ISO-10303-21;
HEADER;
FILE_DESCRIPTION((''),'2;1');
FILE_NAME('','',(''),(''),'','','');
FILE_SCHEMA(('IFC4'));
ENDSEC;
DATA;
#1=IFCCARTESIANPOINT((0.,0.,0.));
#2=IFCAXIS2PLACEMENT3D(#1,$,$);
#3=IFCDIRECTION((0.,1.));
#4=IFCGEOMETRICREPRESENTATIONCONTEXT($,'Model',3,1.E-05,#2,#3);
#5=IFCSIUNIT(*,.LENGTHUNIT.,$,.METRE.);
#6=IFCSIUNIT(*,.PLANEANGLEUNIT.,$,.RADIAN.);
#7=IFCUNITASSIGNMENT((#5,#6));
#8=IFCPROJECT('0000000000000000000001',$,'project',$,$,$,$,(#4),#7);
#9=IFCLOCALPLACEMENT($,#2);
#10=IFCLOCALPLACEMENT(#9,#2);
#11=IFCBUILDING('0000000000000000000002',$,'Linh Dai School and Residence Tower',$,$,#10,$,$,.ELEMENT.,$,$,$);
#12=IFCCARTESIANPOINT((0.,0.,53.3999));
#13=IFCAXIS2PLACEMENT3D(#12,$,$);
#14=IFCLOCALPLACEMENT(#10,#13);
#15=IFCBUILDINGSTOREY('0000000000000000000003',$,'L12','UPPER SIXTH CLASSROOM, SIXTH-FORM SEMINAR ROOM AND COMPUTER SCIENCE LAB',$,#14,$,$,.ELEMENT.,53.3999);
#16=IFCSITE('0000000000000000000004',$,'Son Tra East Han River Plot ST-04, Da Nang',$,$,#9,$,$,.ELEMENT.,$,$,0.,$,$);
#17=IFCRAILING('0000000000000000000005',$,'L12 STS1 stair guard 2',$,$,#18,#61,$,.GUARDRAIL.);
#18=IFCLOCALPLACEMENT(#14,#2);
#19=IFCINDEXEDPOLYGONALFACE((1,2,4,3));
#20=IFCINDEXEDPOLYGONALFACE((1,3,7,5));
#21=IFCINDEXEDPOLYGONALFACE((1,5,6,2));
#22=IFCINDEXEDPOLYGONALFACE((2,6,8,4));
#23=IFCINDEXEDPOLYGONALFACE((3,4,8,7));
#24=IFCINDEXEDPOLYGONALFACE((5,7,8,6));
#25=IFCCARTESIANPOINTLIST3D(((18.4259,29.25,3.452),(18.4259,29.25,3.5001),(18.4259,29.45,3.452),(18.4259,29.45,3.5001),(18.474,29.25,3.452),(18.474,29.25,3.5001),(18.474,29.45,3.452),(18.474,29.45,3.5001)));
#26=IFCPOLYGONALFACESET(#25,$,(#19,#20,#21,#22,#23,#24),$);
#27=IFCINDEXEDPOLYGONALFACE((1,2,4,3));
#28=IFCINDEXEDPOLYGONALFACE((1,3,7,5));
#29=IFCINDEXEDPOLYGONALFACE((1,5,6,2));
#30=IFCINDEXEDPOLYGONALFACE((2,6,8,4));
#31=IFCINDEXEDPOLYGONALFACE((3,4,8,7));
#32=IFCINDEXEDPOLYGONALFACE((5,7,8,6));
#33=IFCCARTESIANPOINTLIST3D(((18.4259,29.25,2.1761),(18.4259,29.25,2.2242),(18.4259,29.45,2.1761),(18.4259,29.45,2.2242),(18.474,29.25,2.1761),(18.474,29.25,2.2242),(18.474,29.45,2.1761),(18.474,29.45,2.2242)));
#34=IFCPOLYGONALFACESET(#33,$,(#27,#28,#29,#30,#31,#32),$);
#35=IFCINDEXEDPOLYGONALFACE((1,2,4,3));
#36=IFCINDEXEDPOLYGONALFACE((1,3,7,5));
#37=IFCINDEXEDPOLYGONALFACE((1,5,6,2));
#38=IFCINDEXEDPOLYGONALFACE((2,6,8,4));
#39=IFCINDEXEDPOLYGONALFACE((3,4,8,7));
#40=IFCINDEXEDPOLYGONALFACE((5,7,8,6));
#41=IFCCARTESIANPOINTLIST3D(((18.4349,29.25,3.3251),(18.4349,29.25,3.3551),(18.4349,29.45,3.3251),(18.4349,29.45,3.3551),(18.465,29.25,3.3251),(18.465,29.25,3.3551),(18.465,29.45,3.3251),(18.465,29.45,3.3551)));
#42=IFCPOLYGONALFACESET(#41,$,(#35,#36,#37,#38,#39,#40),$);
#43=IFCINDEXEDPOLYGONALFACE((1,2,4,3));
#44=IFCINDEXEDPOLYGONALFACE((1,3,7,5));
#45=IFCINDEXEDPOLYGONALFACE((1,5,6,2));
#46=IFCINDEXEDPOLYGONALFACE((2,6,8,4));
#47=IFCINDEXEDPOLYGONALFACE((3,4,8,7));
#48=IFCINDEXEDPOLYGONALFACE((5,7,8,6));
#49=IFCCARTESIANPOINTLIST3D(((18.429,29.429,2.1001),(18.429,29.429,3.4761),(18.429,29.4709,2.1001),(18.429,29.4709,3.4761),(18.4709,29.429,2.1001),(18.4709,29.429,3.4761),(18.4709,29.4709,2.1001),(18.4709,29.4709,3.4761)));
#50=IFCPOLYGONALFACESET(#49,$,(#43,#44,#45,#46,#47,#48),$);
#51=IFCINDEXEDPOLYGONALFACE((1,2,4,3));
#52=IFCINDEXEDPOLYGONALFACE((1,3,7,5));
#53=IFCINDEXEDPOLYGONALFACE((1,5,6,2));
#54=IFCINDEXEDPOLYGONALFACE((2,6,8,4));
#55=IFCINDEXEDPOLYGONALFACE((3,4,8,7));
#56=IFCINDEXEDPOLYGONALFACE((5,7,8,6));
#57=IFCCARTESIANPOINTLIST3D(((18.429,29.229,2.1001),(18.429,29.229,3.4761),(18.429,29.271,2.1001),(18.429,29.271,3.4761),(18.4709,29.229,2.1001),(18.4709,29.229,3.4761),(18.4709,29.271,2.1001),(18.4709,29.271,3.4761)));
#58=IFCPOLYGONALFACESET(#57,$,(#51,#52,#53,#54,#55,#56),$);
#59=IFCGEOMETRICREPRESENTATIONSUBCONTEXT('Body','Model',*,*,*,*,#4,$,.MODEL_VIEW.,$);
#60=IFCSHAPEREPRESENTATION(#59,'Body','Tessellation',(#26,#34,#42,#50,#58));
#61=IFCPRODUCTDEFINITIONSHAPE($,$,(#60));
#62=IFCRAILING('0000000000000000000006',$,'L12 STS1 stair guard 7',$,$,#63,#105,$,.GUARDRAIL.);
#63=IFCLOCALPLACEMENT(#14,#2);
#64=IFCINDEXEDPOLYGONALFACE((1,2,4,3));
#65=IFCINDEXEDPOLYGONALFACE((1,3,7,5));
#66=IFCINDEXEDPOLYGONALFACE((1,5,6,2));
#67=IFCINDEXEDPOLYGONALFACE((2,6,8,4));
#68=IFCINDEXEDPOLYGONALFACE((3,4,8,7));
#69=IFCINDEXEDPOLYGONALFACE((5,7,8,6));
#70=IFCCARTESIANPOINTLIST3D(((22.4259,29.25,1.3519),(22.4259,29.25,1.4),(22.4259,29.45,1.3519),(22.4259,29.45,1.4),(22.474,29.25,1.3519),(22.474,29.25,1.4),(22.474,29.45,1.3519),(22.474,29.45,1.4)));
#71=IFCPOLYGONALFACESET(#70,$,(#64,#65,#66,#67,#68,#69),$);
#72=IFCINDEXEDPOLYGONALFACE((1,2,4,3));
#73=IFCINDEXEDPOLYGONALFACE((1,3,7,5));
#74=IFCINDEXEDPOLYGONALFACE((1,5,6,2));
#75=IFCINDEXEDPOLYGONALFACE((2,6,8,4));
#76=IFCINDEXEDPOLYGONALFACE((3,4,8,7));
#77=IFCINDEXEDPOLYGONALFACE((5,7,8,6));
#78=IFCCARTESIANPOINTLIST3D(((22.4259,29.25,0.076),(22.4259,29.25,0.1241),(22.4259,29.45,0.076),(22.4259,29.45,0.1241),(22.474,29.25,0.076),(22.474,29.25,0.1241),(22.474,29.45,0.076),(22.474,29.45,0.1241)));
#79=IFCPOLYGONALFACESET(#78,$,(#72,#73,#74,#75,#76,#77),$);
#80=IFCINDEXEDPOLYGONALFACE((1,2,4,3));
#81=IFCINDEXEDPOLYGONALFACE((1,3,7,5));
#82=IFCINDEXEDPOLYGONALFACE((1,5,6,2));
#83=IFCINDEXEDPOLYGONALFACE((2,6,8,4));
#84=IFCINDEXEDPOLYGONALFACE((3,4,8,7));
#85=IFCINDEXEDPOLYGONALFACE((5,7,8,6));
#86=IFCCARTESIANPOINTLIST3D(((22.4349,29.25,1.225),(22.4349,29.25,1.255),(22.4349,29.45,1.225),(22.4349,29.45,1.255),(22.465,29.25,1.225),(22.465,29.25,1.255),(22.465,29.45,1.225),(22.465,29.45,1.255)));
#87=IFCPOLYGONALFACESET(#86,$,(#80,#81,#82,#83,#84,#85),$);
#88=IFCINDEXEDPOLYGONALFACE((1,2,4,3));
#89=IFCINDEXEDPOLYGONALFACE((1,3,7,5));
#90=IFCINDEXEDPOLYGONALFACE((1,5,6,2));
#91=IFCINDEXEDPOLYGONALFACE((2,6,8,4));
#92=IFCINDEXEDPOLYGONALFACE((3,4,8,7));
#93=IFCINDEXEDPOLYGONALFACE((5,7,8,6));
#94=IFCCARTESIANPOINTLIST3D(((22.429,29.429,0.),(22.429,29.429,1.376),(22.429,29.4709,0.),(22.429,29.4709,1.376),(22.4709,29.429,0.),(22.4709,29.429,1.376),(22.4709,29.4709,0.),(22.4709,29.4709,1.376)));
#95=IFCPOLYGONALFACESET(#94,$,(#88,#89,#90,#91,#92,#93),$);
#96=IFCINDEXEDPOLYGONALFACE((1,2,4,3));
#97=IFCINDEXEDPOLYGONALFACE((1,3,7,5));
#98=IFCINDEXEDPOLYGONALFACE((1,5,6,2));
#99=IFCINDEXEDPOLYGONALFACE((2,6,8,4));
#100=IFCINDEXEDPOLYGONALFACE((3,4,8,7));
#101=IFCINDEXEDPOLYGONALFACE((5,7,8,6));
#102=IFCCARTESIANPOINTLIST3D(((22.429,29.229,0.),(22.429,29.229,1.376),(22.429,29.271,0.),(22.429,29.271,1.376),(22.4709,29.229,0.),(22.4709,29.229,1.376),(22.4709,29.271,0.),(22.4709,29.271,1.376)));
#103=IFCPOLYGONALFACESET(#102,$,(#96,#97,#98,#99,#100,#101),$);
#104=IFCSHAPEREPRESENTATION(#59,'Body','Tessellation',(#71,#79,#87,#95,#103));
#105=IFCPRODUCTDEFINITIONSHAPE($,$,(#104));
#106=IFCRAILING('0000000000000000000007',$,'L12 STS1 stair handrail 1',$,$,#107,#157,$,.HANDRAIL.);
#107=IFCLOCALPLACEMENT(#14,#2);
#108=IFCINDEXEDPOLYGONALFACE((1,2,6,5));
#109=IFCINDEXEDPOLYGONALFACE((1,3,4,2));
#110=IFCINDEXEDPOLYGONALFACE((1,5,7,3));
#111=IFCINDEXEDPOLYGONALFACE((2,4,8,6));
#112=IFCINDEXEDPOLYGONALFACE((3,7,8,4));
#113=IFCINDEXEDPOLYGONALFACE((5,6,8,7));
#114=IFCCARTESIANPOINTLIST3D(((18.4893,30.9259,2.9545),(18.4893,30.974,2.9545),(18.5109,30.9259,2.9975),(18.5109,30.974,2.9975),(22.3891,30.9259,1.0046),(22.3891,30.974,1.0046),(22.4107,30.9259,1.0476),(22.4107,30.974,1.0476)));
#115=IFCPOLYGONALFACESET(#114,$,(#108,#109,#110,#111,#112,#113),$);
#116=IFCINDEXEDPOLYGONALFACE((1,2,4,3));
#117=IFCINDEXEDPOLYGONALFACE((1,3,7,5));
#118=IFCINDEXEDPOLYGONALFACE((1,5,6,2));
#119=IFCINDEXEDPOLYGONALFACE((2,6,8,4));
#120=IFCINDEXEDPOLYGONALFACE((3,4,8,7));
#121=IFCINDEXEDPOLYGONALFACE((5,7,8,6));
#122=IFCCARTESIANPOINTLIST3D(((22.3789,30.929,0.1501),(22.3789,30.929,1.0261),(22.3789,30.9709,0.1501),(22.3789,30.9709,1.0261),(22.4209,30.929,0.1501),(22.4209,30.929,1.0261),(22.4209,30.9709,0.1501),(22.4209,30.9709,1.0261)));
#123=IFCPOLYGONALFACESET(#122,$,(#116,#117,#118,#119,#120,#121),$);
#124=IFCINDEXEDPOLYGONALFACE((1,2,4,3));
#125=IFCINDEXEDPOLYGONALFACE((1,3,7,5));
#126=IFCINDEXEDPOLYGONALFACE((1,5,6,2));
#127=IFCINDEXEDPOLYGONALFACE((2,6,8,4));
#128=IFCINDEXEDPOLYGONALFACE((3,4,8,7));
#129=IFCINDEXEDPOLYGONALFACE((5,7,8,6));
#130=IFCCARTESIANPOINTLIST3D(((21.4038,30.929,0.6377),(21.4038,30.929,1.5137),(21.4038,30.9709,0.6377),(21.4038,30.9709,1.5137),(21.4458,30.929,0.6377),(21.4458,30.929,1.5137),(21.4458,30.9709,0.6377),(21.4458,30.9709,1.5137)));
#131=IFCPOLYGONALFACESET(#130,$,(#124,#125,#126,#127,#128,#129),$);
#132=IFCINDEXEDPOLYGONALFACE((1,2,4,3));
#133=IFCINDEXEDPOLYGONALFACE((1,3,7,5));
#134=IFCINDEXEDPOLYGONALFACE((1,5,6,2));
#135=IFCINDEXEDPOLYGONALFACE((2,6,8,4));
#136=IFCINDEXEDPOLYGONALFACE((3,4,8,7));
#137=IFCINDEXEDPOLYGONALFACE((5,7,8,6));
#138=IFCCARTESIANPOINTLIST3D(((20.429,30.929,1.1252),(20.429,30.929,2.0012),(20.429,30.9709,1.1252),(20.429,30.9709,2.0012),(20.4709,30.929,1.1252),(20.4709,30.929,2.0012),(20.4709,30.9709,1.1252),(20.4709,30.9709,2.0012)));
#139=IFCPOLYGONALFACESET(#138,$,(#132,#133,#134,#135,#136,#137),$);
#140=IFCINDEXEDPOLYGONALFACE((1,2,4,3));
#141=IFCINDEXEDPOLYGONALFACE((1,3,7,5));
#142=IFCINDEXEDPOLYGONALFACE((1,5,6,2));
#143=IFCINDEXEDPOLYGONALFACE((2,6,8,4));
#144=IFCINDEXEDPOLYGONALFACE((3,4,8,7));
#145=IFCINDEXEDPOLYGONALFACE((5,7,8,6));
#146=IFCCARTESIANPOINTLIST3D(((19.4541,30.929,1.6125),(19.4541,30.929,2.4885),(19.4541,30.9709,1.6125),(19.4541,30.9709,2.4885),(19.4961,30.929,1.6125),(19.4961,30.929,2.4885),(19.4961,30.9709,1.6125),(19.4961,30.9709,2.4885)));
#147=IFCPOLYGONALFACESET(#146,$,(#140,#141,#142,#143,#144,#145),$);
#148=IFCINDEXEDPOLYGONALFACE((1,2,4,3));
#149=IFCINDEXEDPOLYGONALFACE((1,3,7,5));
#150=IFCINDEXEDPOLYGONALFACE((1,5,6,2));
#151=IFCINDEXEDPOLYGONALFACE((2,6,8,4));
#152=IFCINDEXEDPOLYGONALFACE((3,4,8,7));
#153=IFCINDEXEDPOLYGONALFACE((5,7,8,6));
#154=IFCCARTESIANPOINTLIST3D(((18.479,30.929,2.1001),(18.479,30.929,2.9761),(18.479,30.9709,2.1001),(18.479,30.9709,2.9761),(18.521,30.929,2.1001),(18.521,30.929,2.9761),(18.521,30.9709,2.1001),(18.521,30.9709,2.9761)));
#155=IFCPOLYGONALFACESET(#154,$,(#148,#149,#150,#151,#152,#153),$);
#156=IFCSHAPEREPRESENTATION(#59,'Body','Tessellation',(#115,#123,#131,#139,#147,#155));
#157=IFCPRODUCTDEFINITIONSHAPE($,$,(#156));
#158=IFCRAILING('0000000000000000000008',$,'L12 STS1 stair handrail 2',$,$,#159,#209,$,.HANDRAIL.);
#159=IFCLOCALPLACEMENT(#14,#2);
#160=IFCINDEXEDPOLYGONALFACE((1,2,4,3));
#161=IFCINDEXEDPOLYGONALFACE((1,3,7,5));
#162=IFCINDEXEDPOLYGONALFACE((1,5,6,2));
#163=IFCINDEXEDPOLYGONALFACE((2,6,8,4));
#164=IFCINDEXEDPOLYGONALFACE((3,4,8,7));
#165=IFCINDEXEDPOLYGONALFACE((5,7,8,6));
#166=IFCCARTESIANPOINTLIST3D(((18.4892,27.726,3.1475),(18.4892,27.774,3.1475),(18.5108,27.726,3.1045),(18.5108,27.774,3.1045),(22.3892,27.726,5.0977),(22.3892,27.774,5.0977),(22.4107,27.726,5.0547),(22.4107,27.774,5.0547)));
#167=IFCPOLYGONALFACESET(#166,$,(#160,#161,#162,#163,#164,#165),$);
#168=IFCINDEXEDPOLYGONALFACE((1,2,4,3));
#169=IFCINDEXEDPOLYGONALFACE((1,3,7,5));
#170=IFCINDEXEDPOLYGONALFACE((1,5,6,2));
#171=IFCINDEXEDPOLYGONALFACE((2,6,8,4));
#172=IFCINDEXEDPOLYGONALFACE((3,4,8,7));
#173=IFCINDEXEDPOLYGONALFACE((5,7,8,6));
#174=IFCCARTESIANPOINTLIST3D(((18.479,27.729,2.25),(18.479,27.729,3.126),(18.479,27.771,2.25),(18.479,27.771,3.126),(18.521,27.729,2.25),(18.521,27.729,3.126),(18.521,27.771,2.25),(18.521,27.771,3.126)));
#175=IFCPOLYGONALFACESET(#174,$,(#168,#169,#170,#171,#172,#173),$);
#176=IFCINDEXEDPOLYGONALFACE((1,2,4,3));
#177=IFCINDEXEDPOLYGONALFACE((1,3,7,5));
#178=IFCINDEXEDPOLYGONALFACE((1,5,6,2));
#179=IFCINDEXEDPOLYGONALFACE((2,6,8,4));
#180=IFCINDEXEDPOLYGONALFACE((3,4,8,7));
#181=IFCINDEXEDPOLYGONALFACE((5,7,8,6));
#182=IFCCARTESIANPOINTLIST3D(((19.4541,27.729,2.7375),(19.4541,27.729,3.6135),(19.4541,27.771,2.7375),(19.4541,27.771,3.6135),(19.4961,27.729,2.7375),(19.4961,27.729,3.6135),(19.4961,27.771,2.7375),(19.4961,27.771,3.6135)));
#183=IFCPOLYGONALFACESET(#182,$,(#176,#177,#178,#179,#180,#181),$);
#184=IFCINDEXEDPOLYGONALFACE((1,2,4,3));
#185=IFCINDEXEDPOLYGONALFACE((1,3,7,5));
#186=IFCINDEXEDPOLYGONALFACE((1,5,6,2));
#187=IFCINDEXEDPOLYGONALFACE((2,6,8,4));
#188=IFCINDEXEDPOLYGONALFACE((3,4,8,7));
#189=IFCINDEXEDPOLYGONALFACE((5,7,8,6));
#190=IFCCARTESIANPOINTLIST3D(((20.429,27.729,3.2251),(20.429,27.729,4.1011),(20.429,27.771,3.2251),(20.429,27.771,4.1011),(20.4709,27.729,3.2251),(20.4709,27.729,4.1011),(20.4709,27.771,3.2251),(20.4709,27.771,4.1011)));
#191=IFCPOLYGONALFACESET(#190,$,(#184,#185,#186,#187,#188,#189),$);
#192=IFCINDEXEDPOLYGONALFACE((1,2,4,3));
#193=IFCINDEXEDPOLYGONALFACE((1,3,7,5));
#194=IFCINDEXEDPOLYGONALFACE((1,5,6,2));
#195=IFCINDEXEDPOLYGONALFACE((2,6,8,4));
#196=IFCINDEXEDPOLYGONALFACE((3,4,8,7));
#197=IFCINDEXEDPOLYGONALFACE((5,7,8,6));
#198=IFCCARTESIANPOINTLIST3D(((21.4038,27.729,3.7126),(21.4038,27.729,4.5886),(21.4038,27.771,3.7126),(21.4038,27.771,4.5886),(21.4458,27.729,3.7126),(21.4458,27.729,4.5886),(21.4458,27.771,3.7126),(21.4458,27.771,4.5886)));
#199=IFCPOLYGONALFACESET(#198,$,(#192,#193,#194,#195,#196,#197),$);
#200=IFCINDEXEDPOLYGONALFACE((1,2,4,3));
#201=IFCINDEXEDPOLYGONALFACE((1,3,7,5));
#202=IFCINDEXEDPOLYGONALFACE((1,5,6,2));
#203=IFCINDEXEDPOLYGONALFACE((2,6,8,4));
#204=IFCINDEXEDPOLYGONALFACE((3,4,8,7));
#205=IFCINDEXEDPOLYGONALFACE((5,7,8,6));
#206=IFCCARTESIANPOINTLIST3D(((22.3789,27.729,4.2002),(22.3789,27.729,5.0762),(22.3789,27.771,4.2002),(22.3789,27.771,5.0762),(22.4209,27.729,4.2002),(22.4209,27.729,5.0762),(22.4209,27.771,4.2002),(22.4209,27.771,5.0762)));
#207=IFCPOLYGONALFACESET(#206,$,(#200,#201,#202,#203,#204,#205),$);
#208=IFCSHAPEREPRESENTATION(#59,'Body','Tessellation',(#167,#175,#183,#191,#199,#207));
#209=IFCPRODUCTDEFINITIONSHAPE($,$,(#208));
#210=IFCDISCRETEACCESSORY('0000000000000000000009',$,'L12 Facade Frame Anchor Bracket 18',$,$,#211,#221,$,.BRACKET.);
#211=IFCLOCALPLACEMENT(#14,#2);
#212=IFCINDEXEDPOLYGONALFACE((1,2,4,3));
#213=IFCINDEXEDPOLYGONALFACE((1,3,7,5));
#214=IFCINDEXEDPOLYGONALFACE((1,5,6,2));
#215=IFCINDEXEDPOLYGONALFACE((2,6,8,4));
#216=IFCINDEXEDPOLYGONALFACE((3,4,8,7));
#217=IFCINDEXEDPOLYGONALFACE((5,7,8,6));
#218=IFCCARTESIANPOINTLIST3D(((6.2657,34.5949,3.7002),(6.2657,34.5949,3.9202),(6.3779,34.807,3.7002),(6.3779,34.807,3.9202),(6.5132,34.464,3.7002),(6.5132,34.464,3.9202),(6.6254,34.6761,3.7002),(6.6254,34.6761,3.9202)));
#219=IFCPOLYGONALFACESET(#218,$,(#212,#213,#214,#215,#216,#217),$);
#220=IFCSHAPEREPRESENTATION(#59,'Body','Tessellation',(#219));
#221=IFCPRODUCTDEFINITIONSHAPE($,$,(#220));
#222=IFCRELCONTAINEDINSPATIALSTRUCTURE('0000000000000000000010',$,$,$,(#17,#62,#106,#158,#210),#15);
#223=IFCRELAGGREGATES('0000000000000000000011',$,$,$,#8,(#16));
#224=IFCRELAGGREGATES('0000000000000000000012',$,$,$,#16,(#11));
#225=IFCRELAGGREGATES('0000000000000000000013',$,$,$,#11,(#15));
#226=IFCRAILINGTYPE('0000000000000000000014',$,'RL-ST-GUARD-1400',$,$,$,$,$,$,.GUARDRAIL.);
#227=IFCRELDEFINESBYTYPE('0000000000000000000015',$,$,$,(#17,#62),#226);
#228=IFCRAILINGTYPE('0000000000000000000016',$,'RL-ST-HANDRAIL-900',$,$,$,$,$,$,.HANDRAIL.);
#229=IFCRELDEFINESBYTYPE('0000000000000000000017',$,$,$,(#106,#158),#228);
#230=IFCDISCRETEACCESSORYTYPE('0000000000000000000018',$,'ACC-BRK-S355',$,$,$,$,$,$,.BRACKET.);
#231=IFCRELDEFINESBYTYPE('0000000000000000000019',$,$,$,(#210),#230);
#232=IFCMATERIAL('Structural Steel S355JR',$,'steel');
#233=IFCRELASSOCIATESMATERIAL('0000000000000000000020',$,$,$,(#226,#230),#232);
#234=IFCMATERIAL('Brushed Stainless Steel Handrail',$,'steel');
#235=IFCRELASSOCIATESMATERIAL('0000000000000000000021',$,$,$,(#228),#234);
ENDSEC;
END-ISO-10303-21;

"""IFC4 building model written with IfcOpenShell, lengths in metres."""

from ifc_helpers import new_model, si_unit, direction, frame, origin, origin_2d, place, context, subcontext, project, spatial, rectangle, extrude, source, transform, mapped, material, type_object, element, save


model = new_model("IFC4")

# Units and contexts
model_context = context("Model", 3, precision=1e-05, world=origin(), true_north=direction((0.0, 1.0)))
body_context = subcontext(model_context, "Body", "Model", "MODEL_VIEW")
ifc_project = project(units=[si_unit("LENGTHUNIT", "METRE"), si_unit("PLANEANGLEUNIT", "RADIAN")], contexts=[model_context])

# Site, building, storey
site_placement = place(None, origin())
site = spatial("IfcSite", under=ifc_project, at=site_placement, Name="Son Tra East Han River Plot ST-04, Da Nang", CompositionType="ELEMENT", RefElevation=0.0)
building_placement = place(site_placement, origin())
building = spatial("IfcBuilding", under=site, at=building_placement, Name="Linh Dai School and Residence Tower", CompositionType="ELEMENT")
storey_placement = place(building_placement, frame((0.0, 0.0, 53.3999)))
storey = spatial("IfcBuildingStorey", under=building, at=storey_placement, Name="L12", Description="UPPER SIXTH CLASSROOM, SIXTH-FORM SEMINAR ROOM AND COMPUTER SCIENCE LAB", CompositionType="ELEMENT", Elevation=53.3999)

# Shared definitions
ifc_material_1 = material(Name="Structural Steel S355JR", Category="steel")

# Railings
railing_type_1 = type_object("IfcRailingType", Name="RL-ST-GUARD-1400", PredefinedType="GUARDRAIL", material=ifc_material_1)
shared_shape_1 = source(origin(), body_context, "Body", "SweptSolid", [
    extrude(rectangle(XDim=0.0481, YDim=0.0481, at=origin_2d()), frame((0.0, 0.0, 1.376), z_axis=(0.0, -1.0, 0.0), x_axis=(1.0, 0.0, 0.0)), (0.0, 0.0, 1.0), 0.2),
    extrude(rectangle(XDim=0.0481, YDim=0.0481, at=origin_2d()), frame((0.0, 0.0, 0.1001), z_axis=(0.0, -1.0, 0.0), x_axis=(1.0, 0.0, 0.0)), (0.0, 0.0, 1.0), 0.2),
    extrude(rectangle(XDim=0.03, YDim=0.03, at=origin_2d()), frame((0.0, 0.0, 1.24), z_axis=(0.0, -1.0, 0.0), x_axis=(1.0, 0.0, 0.0)), (0.0, 0.0, 1.0), 0.2),
    extrude(rectangle(XDim=0.042, YDim=0.042, at=origin_2d()), origin(), (0.0, 0.0, 1.0), 1.376),
    extrude(rectangle(XDim=0.042, YDim=0.042, at=origin_2d()), frame((0.0, -0.2, 0.0)), (0.0, 0.0, 1.0), 1.376),
])
for number, where, name in (
    (1, (18.45, 29.45, 2.1001), "L12 STS1 stair guard 2"),
    (2, (22.45, 29.45, 0.0), "L12 STS1 stair guard 7"),
):
    element("IfcRailing", number, at=place(storey_placement, frame(where)), inside=storey, type_object=railing_type_1, Name=name, PredefinedType="GUARDRAIL", context=body_context, shape_type="MappedRepresentation", body=[
        mapped(shared_shape_1, transform((0.0, 0.0, 0.0), x_axis=(1.0, 0.0, 0.0), y_axis=(0.0, 1.0, 0.0), z_axis=(0.0, 0.0, 1.0), scale=1.0)),
    ])
ifc_material_2 = material(Name="Brushed Stainless Steel Handrail", Category="steel")
railing_type_2 = type_object("IfcRailingType", Name="RL-ST-HANDRAIL-900", PredefinedType="HANDRAIL", material=ifc_material_2)
shared_shape_2 = source(origin(), body_context, "Body", "SweptSolid", [
    extrude(rectangle(XDim=0.0481, YDim=0.0481, at=origin_2d()), frame((0.0, 0.0, 0.876), z_axis=(-0.894427, 0.0, 0.447214), x_axis=(0.0, -1.0, 0.0)), (0.0, 0.0, 1.0), 4.3601),
    extrude(rectangle(XDim=0.042, YDim=0.042, at=origin_2d()), origin(), (0.0, 0.0, 1.0), 0.876),
    extrude(rectangle(XDim=0.042, YDim=0.042, at=origin_2d()), frame((-0.9751, 0.0, 0.4875)), (0.0, 0.0, 1.0), 0.876),
    extrude(rectangle(XDim=0.042, YDim=0.042, at=origin_2d()), frame((-1.95, 0.0, 0.9751)), (0.0, 0.0, 1.0), 0.876),
    extrude(rectangle(XDim=0.042, YDim=0.042, at=origin_2d()), frame((-2.9248, 0.0, 1.4624)), (0.0, 0.0, 1.0), 0.876),
    extrude(rectangle(XDim=0.042, YDim=0.042, at=origin_2d()), frame((-3.8999, 0.0, 1.95)), (0.0, 0.0, 1.0), 0.876),
])
railing_1_placement = place(storey_placement, frame((22.3999, 30.95, 0.1501)))
element("IfcRailing", 3, at=railing_1_placement, inside=storey, type_object=railing_type_2, Name="L12 STS1 stair handrail 1", PredefinedType="HANDRAIL", context=body_context, shape_type="MappedRepresentation", body=[
    mapped(shared_shape_2, transform((0.0, 0.0, 0.0), x_axis=(1.0, 0.0, 0.0), y_axis=(0.0, 1.0, 0.0), z_axis=(0.0, 0.0, 1.0), scale=1.0)),
])
shared_shape_3 = source(origin(), body_context, "Body", "SweptSolid", [
    extrude(rectangle(XDim=0.0481, YDim=0.0481, at=origin_2d()), frame((0.0, 0.0, 0.876), z_axis=(0.894405, 0.0, 0.447258), x_axis=(0.0, 1.0, 0.0)), (0.0, 0.0, 1.0), 4.3604),
    extrude(rectangle(XDim=0.042, YDim=0.042, at=origin_2d()), origin(), (0.0, 0.0, 1.0), 0.876),
    extrude(rectangle(XDim=0.042, YDim=0.042, at=origin_2d()), frame((0.9751, 0.0, 0.4875)), (0.0, 0.0, 1.0), 0.876),
    extrude(rectangle(XDim=0.042, YDim=0.042, at=origin_2d()), frame((1.95, 0.0, 0.9751)), (0.0, 0.0, 1.0), 0.876),
    extrude(rectangle(XDim=0.042, YDim=0.042, at=origin_2d()), frame((2.9248, 0.0, 1.4626)), (0.0, 0.0, 1.0), 0.876),
    extrude(rectangle(XDim=0.042, YDim=0.042, at=origin_2d()), frame((3.8999, 0.0, 1.9502)), (0.0, 0.0, 1.0), 0.876),
])
railing_2_placement = place(storey_placement, frame((18.5, 27.75, 2.25)))
element("IfcRailing", 4, at=railing_2_placement, inside=storey, type_object=railing_type_2, Name="L12 STS1 stair handrail 2", PredefinedType="HANDRAIL", context=body_context, shape_type="MappedRepresentation", body=[
    mapped(shared_shape_3, transform((0.0, 0.0, 0.0), x_axis=(1.0, 0.0, 0.0), y_axis=(0.0, 1.0, 0.0), z_axis=(0.0, 0.0, 1.0), scale=1.0)),
])

# Discrete accessory
discrete_accessory_type = type_object("IfcDiscreteAccessoryType", Name="ACC-BRK-S355", PredefinedType="BRACKET", material=ifc_material_1)
shared_shape_4 = source(origin(), body_context, "Body", "SweptSolid", [
    extrude(rectangle(XDim=0.28, YDim=0.24, at=origin_2d()), origin(), (0.0, 0.0, 1.0), 0.22),
])
discrete_accessory_placement = place(storey_placement, frame((6.4456, 34.6355, 3.7002), z_axis=(0.0, 0.0, 1.0), x_axis=(-0.883934, 0.467612, 0.0)))
element("IfcDiscreteAccessory", 5, at=discrete_accessory_placement, inside=storey, type_object=discrete_accessory_type, Name="L12 Facade Frame Anchor Bracket 18", PredefinedType="BRACKET", context=body_context, shape_type="MappedRepresentation", body=[
    mapped(shared_shape_4, transform((0.0, 0.0, 0.0), x_axis=(1.0, 0.0, 0.0), y_axis=(0.0, 1.0, 0.0), z_axis=(0.0, 0.0, 1.0), scale=1.0)),
])

save(model, "model.ifc")
